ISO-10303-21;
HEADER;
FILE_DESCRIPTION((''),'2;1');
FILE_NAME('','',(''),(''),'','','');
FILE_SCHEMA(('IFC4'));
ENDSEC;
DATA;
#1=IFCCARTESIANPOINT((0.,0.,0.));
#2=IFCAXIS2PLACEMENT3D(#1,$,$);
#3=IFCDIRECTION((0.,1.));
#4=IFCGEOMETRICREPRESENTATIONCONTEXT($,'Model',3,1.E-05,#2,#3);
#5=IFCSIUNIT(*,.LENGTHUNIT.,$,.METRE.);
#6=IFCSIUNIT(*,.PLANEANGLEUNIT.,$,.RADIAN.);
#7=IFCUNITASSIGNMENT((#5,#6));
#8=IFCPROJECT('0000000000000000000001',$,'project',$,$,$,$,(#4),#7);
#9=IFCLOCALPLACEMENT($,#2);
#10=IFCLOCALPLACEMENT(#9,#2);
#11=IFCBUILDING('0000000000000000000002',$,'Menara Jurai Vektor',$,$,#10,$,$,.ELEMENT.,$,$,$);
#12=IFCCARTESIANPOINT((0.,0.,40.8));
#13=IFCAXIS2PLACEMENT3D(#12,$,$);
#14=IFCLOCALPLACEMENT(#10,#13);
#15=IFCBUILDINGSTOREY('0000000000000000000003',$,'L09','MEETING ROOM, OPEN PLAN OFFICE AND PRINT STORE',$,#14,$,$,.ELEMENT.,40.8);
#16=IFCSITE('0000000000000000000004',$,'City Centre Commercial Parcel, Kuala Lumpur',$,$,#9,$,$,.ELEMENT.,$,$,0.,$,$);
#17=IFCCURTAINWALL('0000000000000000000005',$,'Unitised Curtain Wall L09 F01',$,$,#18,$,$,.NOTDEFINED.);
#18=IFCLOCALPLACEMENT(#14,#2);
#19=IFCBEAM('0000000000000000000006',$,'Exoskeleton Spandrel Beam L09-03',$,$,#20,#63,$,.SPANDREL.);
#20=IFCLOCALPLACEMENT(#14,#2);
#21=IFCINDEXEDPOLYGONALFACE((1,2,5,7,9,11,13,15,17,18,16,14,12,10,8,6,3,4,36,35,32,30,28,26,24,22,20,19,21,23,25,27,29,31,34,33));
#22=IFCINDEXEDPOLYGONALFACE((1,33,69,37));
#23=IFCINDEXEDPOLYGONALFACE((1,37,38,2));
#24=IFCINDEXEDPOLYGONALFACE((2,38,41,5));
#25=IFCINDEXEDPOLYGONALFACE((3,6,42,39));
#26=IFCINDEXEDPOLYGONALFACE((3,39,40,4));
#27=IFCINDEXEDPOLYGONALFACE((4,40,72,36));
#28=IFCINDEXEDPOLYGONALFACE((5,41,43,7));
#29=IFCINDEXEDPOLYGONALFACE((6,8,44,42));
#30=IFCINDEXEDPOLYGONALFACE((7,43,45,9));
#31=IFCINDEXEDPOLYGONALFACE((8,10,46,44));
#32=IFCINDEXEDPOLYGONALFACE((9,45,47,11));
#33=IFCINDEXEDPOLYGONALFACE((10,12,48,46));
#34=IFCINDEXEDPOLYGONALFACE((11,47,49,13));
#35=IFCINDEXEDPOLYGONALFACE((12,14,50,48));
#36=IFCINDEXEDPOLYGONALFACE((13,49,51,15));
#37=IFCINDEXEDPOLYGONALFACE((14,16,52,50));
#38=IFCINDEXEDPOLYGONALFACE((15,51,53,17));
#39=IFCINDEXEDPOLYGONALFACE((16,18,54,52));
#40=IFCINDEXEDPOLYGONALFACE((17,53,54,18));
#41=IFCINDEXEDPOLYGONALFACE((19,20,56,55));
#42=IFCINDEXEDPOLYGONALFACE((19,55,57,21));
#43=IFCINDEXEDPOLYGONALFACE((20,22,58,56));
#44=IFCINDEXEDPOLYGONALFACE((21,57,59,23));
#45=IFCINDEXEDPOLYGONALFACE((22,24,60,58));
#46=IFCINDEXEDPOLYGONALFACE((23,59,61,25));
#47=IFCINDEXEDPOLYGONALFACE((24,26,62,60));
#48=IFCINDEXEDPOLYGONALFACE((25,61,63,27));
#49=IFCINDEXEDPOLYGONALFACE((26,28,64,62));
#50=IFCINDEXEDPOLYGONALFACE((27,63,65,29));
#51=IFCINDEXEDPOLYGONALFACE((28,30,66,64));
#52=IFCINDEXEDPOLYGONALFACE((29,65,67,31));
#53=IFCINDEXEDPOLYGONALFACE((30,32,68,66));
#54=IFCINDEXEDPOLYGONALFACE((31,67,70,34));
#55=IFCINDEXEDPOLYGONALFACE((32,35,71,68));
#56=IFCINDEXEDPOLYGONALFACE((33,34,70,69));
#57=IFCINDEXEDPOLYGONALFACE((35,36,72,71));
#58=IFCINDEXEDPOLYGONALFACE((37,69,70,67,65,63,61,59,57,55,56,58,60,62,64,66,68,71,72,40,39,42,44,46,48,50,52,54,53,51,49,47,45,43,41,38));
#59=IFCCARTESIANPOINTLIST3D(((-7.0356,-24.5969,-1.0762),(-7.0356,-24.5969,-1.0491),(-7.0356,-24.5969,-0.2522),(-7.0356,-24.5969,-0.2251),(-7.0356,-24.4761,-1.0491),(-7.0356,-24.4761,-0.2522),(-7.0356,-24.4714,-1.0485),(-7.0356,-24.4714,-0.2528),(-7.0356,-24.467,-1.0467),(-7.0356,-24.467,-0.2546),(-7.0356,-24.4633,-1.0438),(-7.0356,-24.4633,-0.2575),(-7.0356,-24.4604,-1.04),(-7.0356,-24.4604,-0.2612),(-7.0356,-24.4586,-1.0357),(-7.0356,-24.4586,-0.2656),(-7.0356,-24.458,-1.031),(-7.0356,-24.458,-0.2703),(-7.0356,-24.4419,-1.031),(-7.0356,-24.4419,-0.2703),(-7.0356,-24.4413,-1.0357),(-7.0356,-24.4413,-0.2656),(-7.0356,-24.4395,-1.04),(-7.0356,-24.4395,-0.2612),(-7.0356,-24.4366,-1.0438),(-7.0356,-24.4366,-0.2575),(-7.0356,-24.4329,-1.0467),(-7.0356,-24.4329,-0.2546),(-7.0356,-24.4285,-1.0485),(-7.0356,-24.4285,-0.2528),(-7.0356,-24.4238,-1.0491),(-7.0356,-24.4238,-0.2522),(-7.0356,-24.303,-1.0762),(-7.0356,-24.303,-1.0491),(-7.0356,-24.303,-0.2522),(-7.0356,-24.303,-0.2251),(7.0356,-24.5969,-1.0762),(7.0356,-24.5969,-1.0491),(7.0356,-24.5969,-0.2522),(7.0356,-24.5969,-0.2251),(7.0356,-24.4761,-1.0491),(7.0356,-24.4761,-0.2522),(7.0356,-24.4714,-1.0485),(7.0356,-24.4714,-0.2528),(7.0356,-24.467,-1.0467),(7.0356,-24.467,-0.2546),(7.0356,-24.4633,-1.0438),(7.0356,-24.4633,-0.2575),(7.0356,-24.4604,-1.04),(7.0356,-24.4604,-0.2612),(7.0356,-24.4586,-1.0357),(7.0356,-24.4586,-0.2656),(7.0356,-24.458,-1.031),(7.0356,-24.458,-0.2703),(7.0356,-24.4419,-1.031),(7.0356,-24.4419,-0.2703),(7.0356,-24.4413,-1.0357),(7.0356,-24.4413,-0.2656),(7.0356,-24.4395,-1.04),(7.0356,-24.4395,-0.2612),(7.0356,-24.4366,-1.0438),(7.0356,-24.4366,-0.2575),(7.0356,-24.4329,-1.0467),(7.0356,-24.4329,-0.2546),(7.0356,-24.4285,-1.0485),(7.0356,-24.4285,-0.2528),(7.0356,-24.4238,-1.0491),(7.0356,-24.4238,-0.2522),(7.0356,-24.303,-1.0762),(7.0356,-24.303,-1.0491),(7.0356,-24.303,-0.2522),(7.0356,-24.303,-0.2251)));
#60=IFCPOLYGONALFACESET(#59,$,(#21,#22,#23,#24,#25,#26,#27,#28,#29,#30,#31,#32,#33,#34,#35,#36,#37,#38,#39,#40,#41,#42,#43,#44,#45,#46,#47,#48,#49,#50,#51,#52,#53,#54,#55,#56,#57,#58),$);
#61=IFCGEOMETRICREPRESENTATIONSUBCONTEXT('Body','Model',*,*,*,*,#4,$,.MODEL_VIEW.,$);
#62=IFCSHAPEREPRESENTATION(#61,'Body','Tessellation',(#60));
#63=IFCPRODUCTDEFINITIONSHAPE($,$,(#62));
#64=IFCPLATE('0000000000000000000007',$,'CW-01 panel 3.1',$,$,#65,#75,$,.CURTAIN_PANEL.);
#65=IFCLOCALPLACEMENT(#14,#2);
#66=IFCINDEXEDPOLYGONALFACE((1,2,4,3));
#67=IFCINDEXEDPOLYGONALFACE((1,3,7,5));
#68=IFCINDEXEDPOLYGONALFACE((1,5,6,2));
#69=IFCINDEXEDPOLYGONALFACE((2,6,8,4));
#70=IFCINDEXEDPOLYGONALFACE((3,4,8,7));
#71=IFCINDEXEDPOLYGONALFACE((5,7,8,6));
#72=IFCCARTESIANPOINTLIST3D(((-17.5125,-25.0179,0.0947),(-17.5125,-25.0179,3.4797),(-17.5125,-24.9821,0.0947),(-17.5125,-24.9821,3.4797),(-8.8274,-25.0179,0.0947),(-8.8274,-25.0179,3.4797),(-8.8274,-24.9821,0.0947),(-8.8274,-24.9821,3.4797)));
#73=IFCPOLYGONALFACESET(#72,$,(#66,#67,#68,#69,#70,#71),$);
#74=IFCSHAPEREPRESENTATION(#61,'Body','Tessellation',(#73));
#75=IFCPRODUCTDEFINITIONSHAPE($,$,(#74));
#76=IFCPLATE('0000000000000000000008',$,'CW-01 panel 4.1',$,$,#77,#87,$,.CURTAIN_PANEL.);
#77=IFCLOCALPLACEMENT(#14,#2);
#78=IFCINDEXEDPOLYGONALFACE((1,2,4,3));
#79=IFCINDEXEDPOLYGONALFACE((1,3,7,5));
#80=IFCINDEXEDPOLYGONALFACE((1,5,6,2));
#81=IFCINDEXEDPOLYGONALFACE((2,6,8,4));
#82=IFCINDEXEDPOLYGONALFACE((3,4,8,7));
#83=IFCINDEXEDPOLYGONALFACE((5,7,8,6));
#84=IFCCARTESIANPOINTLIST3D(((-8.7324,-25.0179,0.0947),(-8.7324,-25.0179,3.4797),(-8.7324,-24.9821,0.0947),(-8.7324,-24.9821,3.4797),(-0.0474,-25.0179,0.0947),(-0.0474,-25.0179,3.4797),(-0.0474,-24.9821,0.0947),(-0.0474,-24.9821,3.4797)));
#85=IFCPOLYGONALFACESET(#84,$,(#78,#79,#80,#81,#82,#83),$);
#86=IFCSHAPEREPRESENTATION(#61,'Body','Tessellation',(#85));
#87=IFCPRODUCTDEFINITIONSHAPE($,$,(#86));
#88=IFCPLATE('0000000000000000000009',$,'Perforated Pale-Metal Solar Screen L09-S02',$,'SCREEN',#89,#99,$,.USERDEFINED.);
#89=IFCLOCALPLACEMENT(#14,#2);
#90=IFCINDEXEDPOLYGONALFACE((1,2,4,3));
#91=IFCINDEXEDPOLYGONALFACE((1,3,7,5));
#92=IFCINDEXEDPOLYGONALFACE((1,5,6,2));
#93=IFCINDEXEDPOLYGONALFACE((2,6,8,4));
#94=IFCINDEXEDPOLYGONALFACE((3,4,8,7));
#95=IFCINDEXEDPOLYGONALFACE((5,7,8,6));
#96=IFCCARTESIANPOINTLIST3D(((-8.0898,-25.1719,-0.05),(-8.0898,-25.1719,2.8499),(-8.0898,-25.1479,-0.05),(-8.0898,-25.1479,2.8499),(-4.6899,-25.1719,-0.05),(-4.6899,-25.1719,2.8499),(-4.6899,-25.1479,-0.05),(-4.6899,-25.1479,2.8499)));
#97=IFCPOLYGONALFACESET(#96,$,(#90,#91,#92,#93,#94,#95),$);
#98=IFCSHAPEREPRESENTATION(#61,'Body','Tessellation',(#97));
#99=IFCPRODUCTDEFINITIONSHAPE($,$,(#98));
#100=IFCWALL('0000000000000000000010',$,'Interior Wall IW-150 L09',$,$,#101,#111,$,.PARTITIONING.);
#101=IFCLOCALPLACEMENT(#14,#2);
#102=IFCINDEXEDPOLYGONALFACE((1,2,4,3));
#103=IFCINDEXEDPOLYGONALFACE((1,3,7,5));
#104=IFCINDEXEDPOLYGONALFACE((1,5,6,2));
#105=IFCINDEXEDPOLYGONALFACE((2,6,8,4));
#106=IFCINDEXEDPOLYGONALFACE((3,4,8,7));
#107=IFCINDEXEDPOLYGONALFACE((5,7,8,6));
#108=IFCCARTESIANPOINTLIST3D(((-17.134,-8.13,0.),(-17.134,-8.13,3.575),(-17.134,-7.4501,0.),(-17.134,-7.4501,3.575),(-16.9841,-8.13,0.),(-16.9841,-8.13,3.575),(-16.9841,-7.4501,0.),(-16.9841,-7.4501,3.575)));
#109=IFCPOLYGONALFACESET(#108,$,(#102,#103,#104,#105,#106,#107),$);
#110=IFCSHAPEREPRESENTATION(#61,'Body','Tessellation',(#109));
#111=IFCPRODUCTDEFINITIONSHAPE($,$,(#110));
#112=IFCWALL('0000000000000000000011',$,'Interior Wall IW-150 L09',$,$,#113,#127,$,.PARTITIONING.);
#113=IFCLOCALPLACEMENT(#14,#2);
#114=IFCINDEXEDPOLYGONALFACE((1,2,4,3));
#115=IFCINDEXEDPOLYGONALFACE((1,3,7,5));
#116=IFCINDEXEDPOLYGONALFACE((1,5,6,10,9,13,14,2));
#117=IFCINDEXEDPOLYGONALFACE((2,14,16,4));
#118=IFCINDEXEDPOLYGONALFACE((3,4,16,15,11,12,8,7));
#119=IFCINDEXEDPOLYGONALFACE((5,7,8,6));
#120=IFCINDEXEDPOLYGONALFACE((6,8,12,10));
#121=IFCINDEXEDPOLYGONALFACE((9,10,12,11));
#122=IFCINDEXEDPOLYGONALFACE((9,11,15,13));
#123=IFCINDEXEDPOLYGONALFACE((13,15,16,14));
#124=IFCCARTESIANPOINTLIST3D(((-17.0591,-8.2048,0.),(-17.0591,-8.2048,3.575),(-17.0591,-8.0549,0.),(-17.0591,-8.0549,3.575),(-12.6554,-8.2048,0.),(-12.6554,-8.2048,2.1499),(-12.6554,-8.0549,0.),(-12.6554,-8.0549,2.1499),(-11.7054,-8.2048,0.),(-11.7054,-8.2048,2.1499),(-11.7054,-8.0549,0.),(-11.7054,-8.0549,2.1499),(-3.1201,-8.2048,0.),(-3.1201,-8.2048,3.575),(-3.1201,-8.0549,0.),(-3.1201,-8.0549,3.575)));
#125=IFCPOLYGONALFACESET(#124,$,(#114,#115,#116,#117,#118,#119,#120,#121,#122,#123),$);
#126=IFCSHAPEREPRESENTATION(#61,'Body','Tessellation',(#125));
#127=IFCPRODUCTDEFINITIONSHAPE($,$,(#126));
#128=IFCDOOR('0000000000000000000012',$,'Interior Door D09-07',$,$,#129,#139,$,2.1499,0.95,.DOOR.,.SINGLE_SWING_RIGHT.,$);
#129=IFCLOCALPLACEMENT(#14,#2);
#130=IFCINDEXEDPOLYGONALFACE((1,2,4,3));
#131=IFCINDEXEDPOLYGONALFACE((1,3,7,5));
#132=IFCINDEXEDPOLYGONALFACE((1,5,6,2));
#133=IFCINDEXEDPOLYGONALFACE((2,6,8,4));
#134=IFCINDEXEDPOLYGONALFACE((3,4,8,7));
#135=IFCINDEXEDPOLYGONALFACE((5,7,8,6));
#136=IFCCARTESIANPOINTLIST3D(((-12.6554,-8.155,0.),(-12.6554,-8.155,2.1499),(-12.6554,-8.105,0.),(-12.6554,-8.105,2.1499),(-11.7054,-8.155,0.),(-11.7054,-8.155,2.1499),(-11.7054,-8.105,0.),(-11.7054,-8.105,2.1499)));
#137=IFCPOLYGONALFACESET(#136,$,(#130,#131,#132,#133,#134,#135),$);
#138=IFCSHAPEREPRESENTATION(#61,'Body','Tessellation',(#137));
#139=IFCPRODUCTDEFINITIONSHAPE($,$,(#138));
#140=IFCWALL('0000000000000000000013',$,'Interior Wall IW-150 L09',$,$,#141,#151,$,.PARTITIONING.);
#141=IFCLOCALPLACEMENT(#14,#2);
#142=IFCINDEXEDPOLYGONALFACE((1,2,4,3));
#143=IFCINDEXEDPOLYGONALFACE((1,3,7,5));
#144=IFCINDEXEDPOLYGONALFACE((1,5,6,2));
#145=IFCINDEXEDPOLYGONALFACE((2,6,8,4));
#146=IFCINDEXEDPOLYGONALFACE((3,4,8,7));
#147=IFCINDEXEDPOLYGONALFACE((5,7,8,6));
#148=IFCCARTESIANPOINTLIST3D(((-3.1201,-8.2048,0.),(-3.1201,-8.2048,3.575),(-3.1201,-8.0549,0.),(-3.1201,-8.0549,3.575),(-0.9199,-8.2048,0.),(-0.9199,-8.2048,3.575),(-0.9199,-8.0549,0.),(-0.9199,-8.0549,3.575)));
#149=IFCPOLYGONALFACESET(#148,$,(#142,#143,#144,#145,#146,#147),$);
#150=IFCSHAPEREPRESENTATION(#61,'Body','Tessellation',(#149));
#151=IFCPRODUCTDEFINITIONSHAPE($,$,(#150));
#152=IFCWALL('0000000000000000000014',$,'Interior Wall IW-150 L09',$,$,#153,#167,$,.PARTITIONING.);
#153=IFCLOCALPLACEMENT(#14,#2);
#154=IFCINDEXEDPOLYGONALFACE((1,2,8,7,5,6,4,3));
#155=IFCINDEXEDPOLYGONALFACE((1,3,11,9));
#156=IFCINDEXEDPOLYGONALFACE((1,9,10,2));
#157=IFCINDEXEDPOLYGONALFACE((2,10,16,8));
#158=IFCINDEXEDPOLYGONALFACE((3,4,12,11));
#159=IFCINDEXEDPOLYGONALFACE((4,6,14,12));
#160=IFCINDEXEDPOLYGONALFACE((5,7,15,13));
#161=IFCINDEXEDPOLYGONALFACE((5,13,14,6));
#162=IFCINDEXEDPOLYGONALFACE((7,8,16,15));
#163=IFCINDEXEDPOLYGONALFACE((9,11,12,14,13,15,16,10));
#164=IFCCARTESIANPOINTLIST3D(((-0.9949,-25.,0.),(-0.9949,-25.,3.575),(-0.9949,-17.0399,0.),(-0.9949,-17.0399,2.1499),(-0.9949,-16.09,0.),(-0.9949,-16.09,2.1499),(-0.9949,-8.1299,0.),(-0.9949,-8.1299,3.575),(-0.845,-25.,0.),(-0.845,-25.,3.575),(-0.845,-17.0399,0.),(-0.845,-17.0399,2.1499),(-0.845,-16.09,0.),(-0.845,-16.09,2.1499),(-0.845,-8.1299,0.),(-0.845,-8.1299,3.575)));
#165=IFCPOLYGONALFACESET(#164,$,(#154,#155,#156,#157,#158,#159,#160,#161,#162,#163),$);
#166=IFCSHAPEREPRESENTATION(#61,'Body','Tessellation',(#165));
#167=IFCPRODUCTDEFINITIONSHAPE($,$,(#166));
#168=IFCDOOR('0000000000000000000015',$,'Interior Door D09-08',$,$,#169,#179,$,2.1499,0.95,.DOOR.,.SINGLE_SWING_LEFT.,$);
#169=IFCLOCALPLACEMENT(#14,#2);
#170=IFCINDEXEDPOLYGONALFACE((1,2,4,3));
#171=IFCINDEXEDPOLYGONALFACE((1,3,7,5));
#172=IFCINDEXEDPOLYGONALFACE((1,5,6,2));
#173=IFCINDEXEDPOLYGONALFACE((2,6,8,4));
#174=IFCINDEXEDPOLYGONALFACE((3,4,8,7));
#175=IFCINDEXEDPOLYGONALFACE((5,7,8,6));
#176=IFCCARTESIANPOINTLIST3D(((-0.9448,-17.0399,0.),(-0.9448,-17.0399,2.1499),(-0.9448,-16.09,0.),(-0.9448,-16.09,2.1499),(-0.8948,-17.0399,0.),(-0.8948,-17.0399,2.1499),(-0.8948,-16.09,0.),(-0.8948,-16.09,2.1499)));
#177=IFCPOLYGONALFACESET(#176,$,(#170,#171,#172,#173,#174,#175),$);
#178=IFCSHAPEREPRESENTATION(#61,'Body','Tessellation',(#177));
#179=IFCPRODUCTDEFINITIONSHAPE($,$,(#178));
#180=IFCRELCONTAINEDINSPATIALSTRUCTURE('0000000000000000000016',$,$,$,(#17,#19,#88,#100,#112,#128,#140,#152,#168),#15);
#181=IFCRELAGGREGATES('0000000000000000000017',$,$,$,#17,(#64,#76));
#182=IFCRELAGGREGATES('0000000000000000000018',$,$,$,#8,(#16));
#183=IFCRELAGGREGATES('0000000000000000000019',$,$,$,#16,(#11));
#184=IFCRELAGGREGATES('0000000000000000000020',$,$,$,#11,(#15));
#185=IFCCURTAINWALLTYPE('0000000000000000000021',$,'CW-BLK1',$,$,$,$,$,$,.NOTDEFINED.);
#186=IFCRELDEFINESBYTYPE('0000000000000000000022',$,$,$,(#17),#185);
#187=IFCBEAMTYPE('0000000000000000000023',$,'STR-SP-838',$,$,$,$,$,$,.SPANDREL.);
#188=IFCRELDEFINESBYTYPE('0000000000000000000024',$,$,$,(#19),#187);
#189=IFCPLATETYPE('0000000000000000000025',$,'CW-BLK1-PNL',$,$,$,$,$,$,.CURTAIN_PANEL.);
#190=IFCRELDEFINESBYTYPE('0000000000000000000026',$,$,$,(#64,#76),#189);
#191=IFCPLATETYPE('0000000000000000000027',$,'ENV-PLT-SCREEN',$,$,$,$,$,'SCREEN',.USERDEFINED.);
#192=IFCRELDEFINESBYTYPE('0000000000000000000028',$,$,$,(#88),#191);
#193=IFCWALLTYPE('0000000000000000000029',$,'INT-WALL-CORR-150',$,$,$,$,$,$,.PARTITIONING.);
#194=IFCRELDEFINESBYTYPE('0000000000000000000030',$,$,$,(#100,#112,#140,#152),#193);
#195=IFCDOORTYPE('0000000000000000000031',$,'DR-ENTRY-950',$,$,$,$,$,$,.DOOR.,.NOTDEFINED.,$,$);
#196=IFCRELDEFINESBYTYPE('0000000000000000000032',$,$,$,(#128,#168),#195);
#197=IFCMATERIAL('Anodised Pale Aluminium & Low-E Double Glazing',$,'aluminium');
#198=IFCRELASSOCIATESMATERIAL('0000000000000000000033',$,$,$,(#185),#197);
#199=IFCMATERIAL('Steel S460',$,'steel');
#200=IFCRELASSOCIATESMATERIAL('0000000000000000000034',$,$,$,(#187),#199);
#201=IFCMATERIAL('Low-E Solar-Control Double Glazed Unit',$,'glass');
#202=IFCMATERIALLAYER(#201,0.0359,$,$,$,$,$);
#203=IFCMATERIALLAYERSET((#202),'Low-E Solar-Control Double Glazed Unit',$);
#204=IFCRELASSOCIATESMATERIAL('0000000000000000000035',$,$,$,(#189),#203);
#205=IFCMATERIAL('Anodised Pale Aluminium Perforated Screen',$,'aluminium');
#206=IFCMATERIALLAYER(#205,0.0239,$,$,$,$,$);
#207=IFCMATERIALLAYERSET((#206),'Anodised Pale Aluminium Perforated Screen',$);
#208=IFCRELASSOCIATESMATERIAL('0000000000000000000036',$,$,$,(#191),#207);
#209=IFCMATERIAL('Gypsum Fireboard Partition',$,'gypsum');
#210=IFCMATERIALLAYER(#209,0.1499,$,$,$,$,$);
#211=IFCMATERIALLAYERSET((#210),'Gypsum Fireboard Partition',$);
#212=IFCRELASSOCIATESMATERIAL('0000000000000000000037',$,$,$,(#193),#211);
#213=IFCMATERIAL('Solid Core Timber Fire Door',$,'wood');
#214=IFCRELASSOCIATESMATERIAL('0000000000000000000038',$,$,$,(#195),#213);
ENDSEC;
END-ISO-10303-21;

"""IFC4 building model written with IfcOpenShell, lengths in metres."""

from ifc_helpers import new_model, si_unit, direction, frame, frame_2d, origin, origin_2d, place, context, subcontext, project, spatial, rectangle, i_section, extrude, material, layer, layer_set, material_profile, profile_set, type_object, element, fill, aggregate, save


model = new_model("IFC4")

# Units and contexts
model_context = context("Model", 3, precision=1e-05, world=origin(), true_north=direction((0.0, 1.0)))
body_context = subcontext(model_context, "Body", "Model", "MODEL_VIEW")
ifc_project = project(units=[si_unit("LENGTHUNIT", "METRE"), si_unit("PLANEANGLEUNIT", "RADIAN")], contexts=[model_context])

# Site, building, storey
site_placement = place(None, origin())
site = spatial("IfcSite", under=ifc_project, at=site_placement, Name="City Centre Commercial Parcel, Kuala Lumpur", CompositionType="ELEMENT", RefElevation=0.0)
building_placement = place(site_placement, origin())
building = spatial("IfcBuilding", under=site, at=building_placement, Name="Menara Jurai Vektor", CompositionType="ELEMENT")
storey_placement = place(building_placement, frame((0.0, 0.0, 40.8)))
storey = spatial("IfcBuildingStorey", under=building, at=storey_placement, Name="L09", Description="MEETING ROOM, OPEN PLAN OFFICE AND PRINT STORE", CompositionType="ELEMENT", Elevation=40.8)

# Shared definitions
ifc_material_1 = material(Name="Steel S460", Category="steel")

# Curtain wall
ifc_material_2 = material(Name="Anodised Pale Aluminium & Low-E Double Glazing", Category="aluminium")
curtain_wall_type = type_object("IfcCurtainWallType", Name="CW-BLK1", PredefinedType="NOTDEFINED", material=ifc_material_2)
curtain_wall_placement = place(storey_placement, origin())
curtain_wall = element("IfcCurtainWall", 1, at=curtain_wall_placement, inside=storey, type_object=curtain_wall_type, Name="Unitised Curtain Wall L09 F01", PredefinedType="NOTDEFINED")

# Beam
ifc_material_profile_1 = material_profile(ifc_material_1, i_section(OverallWidth=0.2939, OverallDepth=0.8511, WebThickness=0.0161, FlangeThickness=0.0271, FilletRadius=0.0181, at=origin_2d()), Name="UKB 838x292x226")
ifc_profile_set_1 = profile_set([ifc_material_profile_1], Name="Steel S460")
beam_type_1 = type_object("IfcBeamType", Name="STR-SP-838", PredefinedType="SPANDREL", material=ifc_profile_set_1)
beam_1_placement = place(storey_placement, frame((-7.0356, -24.45, -0.6506), z_axis=(1.0, 0.0, 0.0), x_axis=(0.0, 1.0, 0.0)))
element("IfcBeam", 2, at=beam_1_placement, inside=storey, type_object=beam_type_1, Name="Exoskeleton Spandrel Beam L09-03", PredefinedType="SPANDREL", context=body_context, shape_type="SweptSolid", body=[
    extrude(i_section(OverallWidth=0.2939, OverallDepth=0.8511, WebThickness=0.0161, FlangeThickness=0.0271, FilletRadius=0.0181, at=origin_2d()), origin(), (0.0, 0.0, 1.0), 14.0713),
])

# Plates
ifc_material_3 = material(Name="Low-E Solar-Control Double Glazed Unit", Category="glass")
ifc_layer_1 = layer(ifc_material_3, 0.0359)
ifc_layer_set_1 = layer_set([ifc_layer_1], Name="Low-E Solar-Control Double Glazed Unit")
plate_type_1 = type_object("IfcPlateType", Name="CW-BLK1-PNL", PredefinedType="CURTAIN_PANEL", material=ifc_layer_set_1)
plate_1_placement = place(storey_placement, frame((-13.1699, -25.0, 0.0947), z_axis=(0.0, 0.0, 1.0), x_axis=(1.0, 0.0, 0.0)))
plate_1 = element("IfcPlate", 3, at=plate_1_placement, type_object=plate_type_1, Name="CW-01 panel 3.1", PredefinedType="CURTAIN_PANEL", context=body_context, shape_type="SweptSolid", body=[
    extrude(rectangle(XDim=8.6851, YDim=0.0359, at=origin_2d()), origin(), (0.0, 0.0, 1.0), 3.385),
])
plate_2_placement = place(storey_placement, frame((-4.3899, -25.0, 0.0947), z_axis=(0.0, 0.0, 1.0), x_axis=(1.0, 0.0, 0.0)))
plate_2 = element("IfcPlate", 4, at=plate_2_placement, type_object=plate_type_1, Name="CW-01 panel 4.1", PredefinedType="CURTAIN_PANEL", context=body_context, shape_type="SweptSolid", body=[
    extrude(rectangle(XDim=8.6851, YDim=0.0359, at=origin_2d()), origin(), (0.0, 0.0, 1.0), 3.385),
])
aggregate(curtain_wall, [plate_1, plate_2])
ifc_material_4 = material(Name="Anodised Pale Aluminium Perforated Screen", Category="aluminium")
ifc_layer_2 = layer(ifc_material_4, 0.0239)
ifc_layer_set_2 = layer_set([ifc_layer_2], Name="Anodised Pale Aluminium Perforated Screen")
plate_type_2 = type_object("IfcPlateType", Name="ENV-PLT-SCREEN", ElementType="SCREEN", PredefinedType="USERDEFINED", material=ifc_layer_set_2)
plate_3_placement = place(storey_placement, frame((-6.3899, -25.1599, -0.05), z_axis=(0.0, 0.0, 1.0), x_axis=(1.0, 0.0, 0.0)))
element("IfcPlate", 5, at=plate_3_placement, inside=storey, type_object=plate_type_2, Name="Perforated Pale-Metal Solar Screen L09-S02", ObjectType="SCREEN", PredefinedType="USERDEFINED", context=body_context, shape_type="SweptSolid", body=[
    extrude(rectangle(XDim=3.3999, YDim=0.0239, at=origin_2d()), origin(), (0.0, 0.0, 1.0), 2.8999),
])

# Wall
ifc_material_5 = material(Name="Gypsum Fireboard Partition", Category="gypsum")
ifc_layer_3 = layer(ifc_material_5, 0.1499)
ifc_layer_set_3 = layer_set([ifc_layer_3], Name="Gypsum Fireboard Partition")
wall_type_1 = type_object("IfcWallType", Name="INT-WALL-CORR-150", PredefinedType="PARTITIONING", material=ifc_layer_set_3)
wall_1_placement = place(storey_placement, frame((-17.0591, -8.1299, 0.0), z_axis=(0.0, 0.0, 1.0), x_axis=(0.0, 1.0, 0.0)))
element("IfcWall", 6, at=wall_1_placement, inside=storey, type_object=wall_type_1, Name="Interior Wall IW-150 L09", PredefinedType="PARTITIONING", context=body_context, shape_type="SweptSolid", body=[
    extrude(rectangle(XDim=0.6799, YDim=0.1499, at=frame_2d((0.3398, 0.0))), origin(), (0.0, 0.0, 1.0), 3.575),
])

# Wall, opening, door
wall_2_placement = place(storey_placement, frame((-17.0591, -8.1299, 0.0), z_axis=(0.0, 0.0, 1.0), x_axis=(1.0, 0.0, 0.0)))
wall_2 = element("IfcWall", 7, at=wall_2_placement, inside=storey, type_object=wall_type_1, Name="Interior Wall IW-150 L09", PredefinedType="PARTITIONING", context=body_context, shape_type="SweptSolid", body=[
    extrude(rectangle(XDim=13.939, YDim=0.1499, at=frame_2d((6.9695, 0.0))), origin(), (0.0, 0.0, 1.0), 3.575),
])
opening_1_placement = place(wall_2_placement, frame((4.4036, 0.0, 0.0)))
opening_1 = element("IfcOpeningElement", 8, at=opening_1_placement, cuts=wall_2, PredefinedType="OPENING", context=body_context, shape_type="SweptSolid", body=[
    extrude(rectangle(XDim=0.95, YDim=2.1499, at=frame_2d((0.4751, 1.075))), frame((0.0, 0.085, 0.0), z_axis=(0.0, -1.0, 0.0), x_axis=(1.0, 0.0, 0.0)), (0.0, 0.0, 1.0), 0.1699),
])
ifc_material_6 = material(Name="Solid Core Timber Fire Door", Category="wood")
door_type = type_object("IfcDoorType", Name="DR-ENTRY-950", OperationType="NOTDEFINED", PredefinedType="DOOR", material=ifc_material_6)
door_1_placement = place(opening_1_placement, origin())
door_1 = element("IfcDoor", 9, at=door_1_placement, inside=storey, type_object=door_type, Name="Interior Door D09-07", OperationType="SINGLE_SWING_RIGHT", OverallHeight=2.1499, OverallWidth=0.95, PredefinedType="DOOR", context=body_context, shape_type="SweptSolid", body=[
    extrude(rectangle(XDim=0.95, YDim=2.1499, at=frame_2d((0.4751, 1.075))), frame((0.0, 0.0249, 0.0), z_axis=(0.0, -1.0, 0.0), x_axis=(1.0, 0.0, 0.0)), (0.0, 0.0, 1.0), 0.05),
])
fill(opening_1, door_1)

# Wall
wall_3_placement = place(storey_placement, frame((-3.1201, -8.1299, 0.0), z_axis=(0.0, 0.0, 1.0), x_axis=(1.0, 0.0, 0.0)))
element("IfcWall", 10, at=wall_3_placement, inside=storey, type_object=wall_type_1, Name="Interior Wall IW-150 L09", PredefinedType="PARTITIONING", context=body_context, shape_type="SweptSolid", body=[
    extrude(rectangle(XDim=2.2002, YDim=0.1499, at=frame_2d((1.1001, 0.0))), origin(), (0.0, 0.0, 1.0), 3.575),
])

# Wall, opening, door
wall_4_placement = place(storey_placement, frame((-0.9199, -25.0, 0.0), z_axis=(0.0, 0.0, 1.0), x_axis=(0.0, 1.0, 0.0)))
wall_4 = element("IfcWall", 11, at=wall_4_placement, inside=storey, type_object=wall_type_1, Name="Interior Wall IW-150 L09", PredefinedType="PARTITIONING", context=body_context, shape_type="SweptSolid", body=[
    extrude(rectangle(XDim=16.8701, YDim=0.1499, at=frame_2d((8.4351, 0.0))), origin(), (0.0, 0.0, 1.0), 3.575),
])
opening_2_placement = place(wall_4_placement, frame((7.96, 0.0, 0.0)))
opening_2 = element("IfcOpeningElement", 12, at=opening_2_placement, cuts=wall_4, PredefinedType="OPENING", context=body_context, shape_type="SweptSolid", body=[
    extrude(rectangle(XDim=0.95, YDim=2.1499, at=frame_2d((0.4751, 1.075))), frame((0.0, 0.085, 0.0), z_axis=(0.0, -1.0, 0.0), x_axis=(1.0, 0.0, 0.0)), (0.0, 0.0, 1.0), 0.1699),
])
door_2_placement = place(opening_2_placement, origin())
door_2 = element("IfcDoor", 13, at=door_2_placement, inside=storey, type_object=door_type, Name="Interior Door D09-08", OperationType="SINGLE_SWING_LEFT", OverallHeight=2.1499, OverallWidth=0.95, PredefinedType="DOOR", context=body_context, shape_type="SweptSolid", body=[
    extrude(rectangle(XDim=0.95, YDim=2.1499, at=frame_2d((0.4751, 1.075))), frame((0.0, 0.0249, 0.0), z_axis=(0.0, -1.0, 0.0), x_axis=(1.0, 0.0, 0.0)), (0.0, 0.0, 1.0), 0.05),
])
fill(opening_2, door_2)

save(model, "model.ifc")
